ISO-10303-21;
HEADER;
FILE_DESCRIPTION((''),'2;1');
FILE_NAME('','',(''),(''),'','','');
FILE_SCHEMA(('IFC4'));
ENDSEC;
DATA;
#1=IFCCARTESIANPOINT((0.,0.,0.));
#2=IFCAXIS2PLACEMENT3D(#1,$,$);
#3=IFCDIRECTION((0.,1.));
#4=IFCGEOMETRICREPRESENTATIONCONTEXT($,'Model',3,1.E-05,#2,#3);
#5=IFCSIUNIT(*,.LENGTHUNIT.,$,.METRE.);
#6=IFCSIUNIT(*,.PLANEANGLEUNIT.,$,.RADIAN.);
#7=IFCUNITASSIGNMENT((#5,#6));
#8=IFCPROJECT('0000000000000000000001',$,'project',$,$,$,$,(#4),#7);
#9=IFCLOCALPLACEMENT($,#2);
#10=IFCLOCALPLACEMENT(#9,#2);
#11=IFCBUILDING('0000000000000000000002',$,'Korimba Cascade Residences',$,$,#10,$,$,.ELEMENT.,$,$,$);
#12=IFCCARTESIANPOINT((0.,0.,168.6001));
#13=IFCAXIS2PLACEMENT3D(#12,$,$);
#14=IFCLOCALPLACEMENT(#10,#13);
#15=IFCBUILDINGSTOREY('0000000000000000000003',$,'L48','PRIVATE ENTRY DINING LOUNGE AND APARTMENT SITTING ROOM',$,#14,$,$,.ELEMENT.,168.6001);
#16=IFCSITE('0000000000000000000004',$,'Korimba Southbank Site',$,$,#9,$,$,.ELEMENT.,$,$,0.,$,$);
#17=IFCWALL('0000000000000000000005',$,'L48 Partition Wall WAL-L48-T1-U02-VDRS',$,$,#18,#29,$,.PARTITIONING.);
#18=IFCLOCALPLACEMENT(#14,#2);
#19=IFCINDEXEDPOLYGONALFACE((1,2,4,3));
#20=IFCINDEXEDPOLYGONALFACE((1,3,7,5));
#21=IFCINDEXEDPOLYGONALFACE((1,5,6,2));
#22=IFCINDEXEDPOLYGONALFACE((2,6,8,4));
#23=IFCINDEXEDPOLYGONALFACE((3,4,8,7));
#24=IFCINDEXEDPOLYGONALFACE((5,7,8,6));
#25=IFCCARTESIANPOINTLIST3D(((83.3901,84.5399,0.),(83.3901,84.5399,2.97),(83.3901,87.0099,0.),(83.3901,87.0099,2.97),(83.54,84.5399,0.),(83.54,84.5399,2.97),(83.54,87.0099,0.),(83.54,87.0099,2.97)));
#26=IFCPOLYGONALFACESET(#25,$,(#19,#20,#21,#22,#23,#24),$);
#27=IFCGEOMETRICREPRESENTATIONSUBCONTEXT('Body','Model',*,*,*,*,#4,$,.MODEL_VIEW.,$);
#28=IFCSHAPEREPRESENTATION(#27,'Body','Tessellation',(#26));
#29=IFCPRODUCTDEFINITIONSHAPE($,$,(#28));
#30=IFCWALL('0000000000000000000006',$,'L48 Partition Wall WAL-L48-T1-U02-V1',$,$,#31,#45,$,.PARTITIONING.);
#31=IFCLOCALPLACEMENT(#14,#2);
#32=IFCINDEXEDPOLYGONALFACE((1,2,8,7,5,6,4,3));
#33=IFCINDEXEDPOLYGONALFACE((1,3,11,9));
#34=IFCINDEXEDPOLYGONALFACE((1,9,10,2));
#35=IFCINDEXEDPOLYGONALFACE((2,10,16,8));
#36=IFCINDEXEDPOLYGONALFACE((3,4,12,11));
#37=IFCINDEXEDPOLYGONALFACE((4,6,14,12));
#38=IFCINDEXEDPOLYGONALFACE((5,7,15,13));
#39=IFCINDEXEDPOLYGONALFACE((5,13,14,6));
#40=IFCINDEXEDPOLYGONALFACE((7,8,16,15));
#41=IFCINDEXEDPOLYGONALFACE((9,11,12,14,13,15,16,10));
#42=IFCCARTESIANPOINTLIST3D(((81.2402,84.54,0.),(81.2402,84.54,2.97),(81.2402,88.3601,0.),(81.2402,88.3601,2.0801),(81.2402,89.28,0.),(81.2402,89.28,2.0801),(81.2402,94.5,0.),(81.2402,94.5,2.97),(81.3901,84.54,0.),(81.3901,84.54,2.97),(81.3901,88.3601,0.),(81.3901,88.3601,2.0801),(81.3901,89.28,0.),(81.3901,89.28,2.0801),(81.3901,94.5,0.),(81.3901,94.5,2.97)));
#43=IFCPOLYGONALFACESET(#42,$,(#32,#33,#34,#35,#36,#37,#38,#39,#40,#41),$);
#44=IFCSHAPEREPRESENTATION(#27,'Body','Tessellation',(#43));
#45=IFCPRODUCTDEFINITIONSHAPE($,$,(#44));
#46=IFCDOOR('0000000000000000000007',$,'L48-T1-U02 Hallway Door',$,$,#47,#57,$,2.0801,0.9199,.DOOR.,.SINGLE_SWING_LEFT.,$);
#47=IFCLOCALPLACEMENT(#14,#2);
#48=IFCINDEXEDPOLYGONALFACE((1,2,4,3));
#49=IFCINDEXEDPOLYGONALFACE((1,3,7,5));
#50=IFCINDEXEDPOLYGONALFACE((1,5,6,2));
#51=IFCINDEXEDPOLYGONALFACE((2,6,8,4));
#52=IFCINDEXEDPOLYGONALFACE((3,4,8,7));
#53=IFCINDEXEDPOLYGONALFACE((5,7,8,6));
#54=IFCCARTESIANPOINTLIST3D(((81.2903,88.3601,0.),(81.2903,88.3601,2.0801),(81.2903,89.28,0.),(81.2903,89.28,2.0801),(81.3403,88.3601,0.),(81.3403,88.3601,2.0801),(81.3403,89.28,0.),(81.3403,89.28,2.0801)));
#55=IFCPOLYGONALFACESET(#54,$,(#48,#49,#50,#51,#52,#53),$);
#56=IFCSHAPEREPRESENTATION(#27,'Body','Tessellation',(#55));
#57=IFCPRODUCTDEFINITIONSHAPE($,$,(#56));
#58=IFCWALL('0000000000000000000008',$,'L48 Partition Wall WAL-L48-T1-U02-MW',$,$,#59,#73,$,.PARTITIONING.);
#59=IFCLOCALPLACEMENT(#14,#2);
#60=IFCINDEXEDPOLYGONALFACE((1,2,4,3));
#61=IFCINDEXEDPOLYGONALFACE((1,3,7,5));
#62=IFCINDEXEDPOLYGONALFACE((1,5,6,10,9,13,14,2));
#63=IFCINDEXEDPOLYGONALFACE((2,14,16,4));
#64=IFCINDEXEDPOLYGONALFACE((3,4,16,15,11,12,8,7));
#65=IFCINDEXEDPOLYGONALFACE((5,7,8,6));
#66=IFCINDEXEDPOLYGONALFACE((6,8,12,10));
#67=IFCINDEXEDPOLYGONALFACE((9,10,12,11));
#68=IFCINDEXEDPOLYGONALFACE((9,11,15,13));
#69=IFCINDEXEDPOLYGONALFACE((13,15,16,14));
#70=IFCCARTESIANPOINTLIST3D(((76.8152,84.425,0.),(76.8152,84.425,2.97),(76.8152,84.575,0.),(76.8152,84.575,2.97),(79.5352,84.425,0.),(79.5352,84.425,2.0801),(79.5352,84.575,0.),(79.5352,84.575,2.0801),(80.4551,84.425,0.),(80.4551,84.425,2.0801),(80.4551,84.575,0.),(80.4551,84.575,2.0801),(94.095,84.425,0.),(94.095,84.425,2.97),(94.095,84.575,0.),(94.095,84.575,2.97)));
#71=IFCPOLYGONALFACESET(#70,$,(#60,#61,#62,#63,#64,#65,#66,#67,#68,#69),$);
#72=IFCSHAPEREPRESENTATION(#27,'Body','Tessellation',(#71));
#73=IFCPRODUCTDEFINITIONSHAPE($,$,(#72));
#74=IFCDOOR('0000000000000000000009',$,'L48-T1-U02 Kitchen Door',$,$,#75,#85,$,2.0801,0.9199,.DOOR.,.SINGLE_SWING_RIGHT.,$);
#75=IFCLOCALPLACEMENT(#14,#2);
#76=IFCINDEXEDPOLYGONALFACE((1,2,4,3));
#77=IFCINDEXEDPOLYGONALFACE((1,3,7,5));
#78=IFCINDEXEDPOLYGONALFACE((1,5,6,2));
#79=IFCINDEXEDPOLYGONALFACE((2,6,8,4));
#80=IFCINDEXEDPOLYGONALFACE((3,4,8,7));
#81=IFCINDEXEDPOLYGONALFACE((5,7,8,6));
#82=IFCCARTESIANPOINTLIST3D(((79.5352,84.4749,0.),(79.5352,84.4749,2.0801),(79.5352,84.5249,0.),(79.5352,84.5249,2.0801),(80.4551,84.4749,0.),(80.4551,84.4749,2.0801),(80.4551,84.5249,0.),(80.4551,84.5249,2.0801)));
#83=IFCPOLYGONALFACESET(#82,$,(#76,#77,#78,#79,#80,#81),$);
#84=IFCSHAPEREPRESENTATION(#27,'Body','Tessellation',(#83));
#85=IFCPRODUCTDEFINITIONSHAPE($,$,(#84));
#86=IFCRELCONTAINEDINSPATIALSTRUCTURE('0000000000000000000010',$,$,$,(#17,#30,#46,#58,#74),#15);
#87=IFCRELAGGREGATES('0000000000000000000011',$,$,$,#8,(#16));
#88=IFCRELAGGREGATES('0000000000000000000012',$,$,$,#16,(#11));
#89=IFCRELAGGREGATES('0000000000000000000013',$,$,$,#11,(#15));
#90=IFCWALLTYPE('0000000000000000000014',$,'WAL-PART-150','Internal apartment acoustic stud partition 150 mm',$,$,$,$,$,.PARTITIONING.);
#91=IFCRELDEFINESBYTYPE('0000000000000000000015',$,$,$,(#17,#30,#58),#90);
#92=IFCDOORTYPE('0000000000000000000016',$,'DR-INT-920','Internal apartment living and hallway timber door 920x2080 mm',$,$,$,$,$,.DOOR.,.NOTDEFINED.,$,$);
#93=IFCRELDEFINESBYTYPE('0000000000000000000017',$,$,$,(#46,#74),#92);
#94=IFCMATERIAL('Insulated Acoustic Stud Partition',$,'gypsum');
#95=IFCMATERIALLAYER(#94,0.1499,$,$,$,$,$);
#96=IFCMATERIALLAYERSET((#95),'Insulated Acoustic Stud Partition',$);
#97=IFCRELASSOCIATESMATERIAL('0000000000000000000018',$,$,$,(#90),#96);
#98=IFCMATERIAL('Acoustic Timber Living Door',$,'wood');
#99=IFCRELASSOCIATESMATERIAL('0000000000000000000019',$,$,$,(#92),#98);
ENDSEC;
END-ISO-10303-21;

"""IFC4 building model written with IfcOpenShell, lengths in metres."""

from ifc_helpers import new_model, si_unit, direction, frame, frame_2d, origin, place, context, subcontext, project, spatial, rectangle, extrude, material, layer, layer_set, type_object, element, fill, save


model = new_model("IFC4")

# Units and contexts
model_context = context("Model", 3, precision=1e-05, world=origin(), true_north=direction((0.0, 1.0)))
body_context = subcontext(model_context, "Body", "Model", "MODEL_VIEW")
ifc_project = project(units=[si_unit("LENGTHUNIT", "METRE"), si_unit("PLANEANGLEUNIT", "RADIAN")], contexts=[model_context])

# Site, building, storey
site_placement = place(None, origin())
site = spatial("IfcSite", under=ifc_project, at=site_placement, Name="Korimba Southbank Site", CompositionType="ELEMENT", RefElevation=0.0)
building_placement = place(site_placement, origin())
building = spatial("IfcBuilding", under=site, at=building_placement, Name="Korimba Cascade Residences", CompositionType="ELEMENT")
storey_placement = place(building_placement, frame((0.0, 0.0, 168.6001)))
storey = spatial("IfcBuildingStorey", under=building, at=storey_placement, Name="L48", Description="PRIVATE ENTRY DINING LOUNGE AND APARTMENT SITTING ROOM", CompositionType="ELEMENT", Elevation=168.6001)

# Shared definitions
ifc_material_1 = material(Name="Insulated Acoustic Stud Partition", Category="gypsum")
ifc_layer_1 = layer(ifc_material_1, 0.1499)
ifc_layer_set_1 = layer_set([ifc_layer_1], Name="Insulated Acoustic Stud Partition")
wall_type_1 = type_object("IfcWallType", Name="WAL-PART-150", Description="Internal apartment acoustic stud partition 150 mm", PredefinedType="PARTITIONING", material=ifc_layer_set_1)

# Wall
wall_1_placement = place(storey_placement, frame((83.4651, 84.54, 0.0), z_axis=(0.0, 0.0, 1.0), x_axis=(0.0, 1.0, 0.0)))
element("IfcWall", 1, at=wall_1_placement, inside=storey, type_object=wall_type_1, Name="L48 Partition Wall WAL-L48-T1-U02-VDRS", PredefinedType="PARTITIONING", context=body_context, shape_type="SweptSolid", body=[
    extrude(rectangle(XDim=2.47, YDim=0.1499, at=frame_2d((1.2349, 0.0))), origin(), (0.0, 0.0, 1.0), 2.97),
])

# Walls, openings, doors
wall_2_placement = place(storey_placement, frame((81.3152, 84.54, 0.0), z_axis=(0.0, 0.0, 1.0), x_axis=(0.0, 1.0, 0.0)))
wall_2 = element("IfcWall", 2, at=wall_2_placement, inside=storey, type_object=wall_type_1, Name="L48 Partition Wall WAL-L48-T1-U02-V1", PredefinedType="PARTITIONING", context=body_context, shape_type="SweptSolid", body=[
    extrude(rectangle(XDim=9.96, YDim=0.1499, at=frame_2d((4.98, 0.0))), origin(), (0.0, 0.0, 1.0), 2.97),
])
opening_1_placement = place(wall_2_placement, frame((3.8201, 0.0, 0.0)))
opening_1 = element("IfcOpeningElement", 3, at=opening_1_placement, cuts=wall_2, PredefinedType="OPENING", context=body_context, shape_type="SweptSolid", body=[
    extrude(rectangle(XDim=0.9199, YDim=2.0801, at=frame_2d((0.46, 1.04))), frame((0.0, 0.085, 0.0), z_axis=(0.0, -1.0, 0.0), x_axis=(1.0, 0.0, 0.0)), (0.0, 0.0, 1.0), 0.1699),
])
ifc_material_2 = material(Name="Acoustic Timber Living Door", Category="wood")
door_type_1 = type_object("IfcDoorType", Name="DR-INT-920", Description="Internal apartment living and hallway timber door 920x2080 mm", OperationType="NOTDEFINED", PredefinedType="DOOR", material=ifc_material_2)
door_1_placement = place(opening_1_placement, origin())
door_1 = element("IfcDoor", 4, at=door_1_placement, inside=storey, type_object=door_type_1, Name="L48-T1-U02 Hallway Door", OperationType="SINGLE_SWING_LEFT", OverallHeight=2.0801, OverallWidth=0.9199, PredefinedType="DOOR", context=body_context, shape_type="SweptSolid", body=[
    extrude(rectangle(XDim=0.9199, YDim=2.0801, at=frame_2d((0.46, 1.04))), frame((0.0, 0.0249, 0.0), z_axis=(0.0, -1.0, 0.0), x_axis=(1.0, 0.0, 0.0)), (0.0, 0.0, 1.0), 0.05),
])
fill(opening_1, door_1)
wall_3_placement = place(storey_placement, frame((76.8152, 84.5, 0.0), z_axis=(0.0, 0.0, 1.0), x_axis=(1.0, 0.0, 0.0)))
wall_3 = element("IfcWall", 5, at=wall_3_placement, inside=storey, type_object=wall_type_1, Name="L48 Partition Wall WAL-L48-T1-U02-MW", PredefinedType="PARTITIONING", context=body_context, shape_type="SweptSolid", body=[
    extrude(rectangle(XDim=17.2798, YDim=0.1499, at=frame_2d((8.6399, 0.0))), origin(), (0.0, 0.0, 1.0), 2.97),
])
opening_2_placement = place(wall_3_placement, frame((2.72, 0.0, 0.0)))
opening_2 = element("IfcOpeningElement", 6, at=opening_2_placement, cuts=wall_3, PredefinedType="OPENING", context=body_context, shape_type="SweptSolid", body=[
    extrude(rectangle(XDim=0.9199, YDim=2.0801, at=frame_2d((0.46, 1.04))), frame((0.0, 0.085, 0.0), z_axis=(0.0, -1.0, 0.0), x_axis=(1.0, 0.0, 0.0)), (0.0, 0.0, 1.0), 0.1699),
])
door_2_placement = place(opening_2_placement, origin())
door_2 = element("IfcDoor", 7, at=door_2_placement, inside=storey, type_object=door_type_1, Name="L48-T1-U02 Kitchen Door", OperationType="SINGLE_SWING_RIGHT", OverallHeight=2.0801, OverallWidth=0.9199, PredefinedType="DOOR", context=body_context, shape_type="SweptSolid", body=[
    extrude(rectangle(XDim=0.9199, YDim=2.0801, at=frame_2d((0.46, 1.04))), frame((0.0, 0.0249, 0.0), z_axis=(0.0, -1.0, 0.0), x_axis=(1.0, 0.0, 0.0)), (0.0, 0.0, 1.0), 0.05),
])
fill(opening_2, door_2)

save(model, "model.ifc")
